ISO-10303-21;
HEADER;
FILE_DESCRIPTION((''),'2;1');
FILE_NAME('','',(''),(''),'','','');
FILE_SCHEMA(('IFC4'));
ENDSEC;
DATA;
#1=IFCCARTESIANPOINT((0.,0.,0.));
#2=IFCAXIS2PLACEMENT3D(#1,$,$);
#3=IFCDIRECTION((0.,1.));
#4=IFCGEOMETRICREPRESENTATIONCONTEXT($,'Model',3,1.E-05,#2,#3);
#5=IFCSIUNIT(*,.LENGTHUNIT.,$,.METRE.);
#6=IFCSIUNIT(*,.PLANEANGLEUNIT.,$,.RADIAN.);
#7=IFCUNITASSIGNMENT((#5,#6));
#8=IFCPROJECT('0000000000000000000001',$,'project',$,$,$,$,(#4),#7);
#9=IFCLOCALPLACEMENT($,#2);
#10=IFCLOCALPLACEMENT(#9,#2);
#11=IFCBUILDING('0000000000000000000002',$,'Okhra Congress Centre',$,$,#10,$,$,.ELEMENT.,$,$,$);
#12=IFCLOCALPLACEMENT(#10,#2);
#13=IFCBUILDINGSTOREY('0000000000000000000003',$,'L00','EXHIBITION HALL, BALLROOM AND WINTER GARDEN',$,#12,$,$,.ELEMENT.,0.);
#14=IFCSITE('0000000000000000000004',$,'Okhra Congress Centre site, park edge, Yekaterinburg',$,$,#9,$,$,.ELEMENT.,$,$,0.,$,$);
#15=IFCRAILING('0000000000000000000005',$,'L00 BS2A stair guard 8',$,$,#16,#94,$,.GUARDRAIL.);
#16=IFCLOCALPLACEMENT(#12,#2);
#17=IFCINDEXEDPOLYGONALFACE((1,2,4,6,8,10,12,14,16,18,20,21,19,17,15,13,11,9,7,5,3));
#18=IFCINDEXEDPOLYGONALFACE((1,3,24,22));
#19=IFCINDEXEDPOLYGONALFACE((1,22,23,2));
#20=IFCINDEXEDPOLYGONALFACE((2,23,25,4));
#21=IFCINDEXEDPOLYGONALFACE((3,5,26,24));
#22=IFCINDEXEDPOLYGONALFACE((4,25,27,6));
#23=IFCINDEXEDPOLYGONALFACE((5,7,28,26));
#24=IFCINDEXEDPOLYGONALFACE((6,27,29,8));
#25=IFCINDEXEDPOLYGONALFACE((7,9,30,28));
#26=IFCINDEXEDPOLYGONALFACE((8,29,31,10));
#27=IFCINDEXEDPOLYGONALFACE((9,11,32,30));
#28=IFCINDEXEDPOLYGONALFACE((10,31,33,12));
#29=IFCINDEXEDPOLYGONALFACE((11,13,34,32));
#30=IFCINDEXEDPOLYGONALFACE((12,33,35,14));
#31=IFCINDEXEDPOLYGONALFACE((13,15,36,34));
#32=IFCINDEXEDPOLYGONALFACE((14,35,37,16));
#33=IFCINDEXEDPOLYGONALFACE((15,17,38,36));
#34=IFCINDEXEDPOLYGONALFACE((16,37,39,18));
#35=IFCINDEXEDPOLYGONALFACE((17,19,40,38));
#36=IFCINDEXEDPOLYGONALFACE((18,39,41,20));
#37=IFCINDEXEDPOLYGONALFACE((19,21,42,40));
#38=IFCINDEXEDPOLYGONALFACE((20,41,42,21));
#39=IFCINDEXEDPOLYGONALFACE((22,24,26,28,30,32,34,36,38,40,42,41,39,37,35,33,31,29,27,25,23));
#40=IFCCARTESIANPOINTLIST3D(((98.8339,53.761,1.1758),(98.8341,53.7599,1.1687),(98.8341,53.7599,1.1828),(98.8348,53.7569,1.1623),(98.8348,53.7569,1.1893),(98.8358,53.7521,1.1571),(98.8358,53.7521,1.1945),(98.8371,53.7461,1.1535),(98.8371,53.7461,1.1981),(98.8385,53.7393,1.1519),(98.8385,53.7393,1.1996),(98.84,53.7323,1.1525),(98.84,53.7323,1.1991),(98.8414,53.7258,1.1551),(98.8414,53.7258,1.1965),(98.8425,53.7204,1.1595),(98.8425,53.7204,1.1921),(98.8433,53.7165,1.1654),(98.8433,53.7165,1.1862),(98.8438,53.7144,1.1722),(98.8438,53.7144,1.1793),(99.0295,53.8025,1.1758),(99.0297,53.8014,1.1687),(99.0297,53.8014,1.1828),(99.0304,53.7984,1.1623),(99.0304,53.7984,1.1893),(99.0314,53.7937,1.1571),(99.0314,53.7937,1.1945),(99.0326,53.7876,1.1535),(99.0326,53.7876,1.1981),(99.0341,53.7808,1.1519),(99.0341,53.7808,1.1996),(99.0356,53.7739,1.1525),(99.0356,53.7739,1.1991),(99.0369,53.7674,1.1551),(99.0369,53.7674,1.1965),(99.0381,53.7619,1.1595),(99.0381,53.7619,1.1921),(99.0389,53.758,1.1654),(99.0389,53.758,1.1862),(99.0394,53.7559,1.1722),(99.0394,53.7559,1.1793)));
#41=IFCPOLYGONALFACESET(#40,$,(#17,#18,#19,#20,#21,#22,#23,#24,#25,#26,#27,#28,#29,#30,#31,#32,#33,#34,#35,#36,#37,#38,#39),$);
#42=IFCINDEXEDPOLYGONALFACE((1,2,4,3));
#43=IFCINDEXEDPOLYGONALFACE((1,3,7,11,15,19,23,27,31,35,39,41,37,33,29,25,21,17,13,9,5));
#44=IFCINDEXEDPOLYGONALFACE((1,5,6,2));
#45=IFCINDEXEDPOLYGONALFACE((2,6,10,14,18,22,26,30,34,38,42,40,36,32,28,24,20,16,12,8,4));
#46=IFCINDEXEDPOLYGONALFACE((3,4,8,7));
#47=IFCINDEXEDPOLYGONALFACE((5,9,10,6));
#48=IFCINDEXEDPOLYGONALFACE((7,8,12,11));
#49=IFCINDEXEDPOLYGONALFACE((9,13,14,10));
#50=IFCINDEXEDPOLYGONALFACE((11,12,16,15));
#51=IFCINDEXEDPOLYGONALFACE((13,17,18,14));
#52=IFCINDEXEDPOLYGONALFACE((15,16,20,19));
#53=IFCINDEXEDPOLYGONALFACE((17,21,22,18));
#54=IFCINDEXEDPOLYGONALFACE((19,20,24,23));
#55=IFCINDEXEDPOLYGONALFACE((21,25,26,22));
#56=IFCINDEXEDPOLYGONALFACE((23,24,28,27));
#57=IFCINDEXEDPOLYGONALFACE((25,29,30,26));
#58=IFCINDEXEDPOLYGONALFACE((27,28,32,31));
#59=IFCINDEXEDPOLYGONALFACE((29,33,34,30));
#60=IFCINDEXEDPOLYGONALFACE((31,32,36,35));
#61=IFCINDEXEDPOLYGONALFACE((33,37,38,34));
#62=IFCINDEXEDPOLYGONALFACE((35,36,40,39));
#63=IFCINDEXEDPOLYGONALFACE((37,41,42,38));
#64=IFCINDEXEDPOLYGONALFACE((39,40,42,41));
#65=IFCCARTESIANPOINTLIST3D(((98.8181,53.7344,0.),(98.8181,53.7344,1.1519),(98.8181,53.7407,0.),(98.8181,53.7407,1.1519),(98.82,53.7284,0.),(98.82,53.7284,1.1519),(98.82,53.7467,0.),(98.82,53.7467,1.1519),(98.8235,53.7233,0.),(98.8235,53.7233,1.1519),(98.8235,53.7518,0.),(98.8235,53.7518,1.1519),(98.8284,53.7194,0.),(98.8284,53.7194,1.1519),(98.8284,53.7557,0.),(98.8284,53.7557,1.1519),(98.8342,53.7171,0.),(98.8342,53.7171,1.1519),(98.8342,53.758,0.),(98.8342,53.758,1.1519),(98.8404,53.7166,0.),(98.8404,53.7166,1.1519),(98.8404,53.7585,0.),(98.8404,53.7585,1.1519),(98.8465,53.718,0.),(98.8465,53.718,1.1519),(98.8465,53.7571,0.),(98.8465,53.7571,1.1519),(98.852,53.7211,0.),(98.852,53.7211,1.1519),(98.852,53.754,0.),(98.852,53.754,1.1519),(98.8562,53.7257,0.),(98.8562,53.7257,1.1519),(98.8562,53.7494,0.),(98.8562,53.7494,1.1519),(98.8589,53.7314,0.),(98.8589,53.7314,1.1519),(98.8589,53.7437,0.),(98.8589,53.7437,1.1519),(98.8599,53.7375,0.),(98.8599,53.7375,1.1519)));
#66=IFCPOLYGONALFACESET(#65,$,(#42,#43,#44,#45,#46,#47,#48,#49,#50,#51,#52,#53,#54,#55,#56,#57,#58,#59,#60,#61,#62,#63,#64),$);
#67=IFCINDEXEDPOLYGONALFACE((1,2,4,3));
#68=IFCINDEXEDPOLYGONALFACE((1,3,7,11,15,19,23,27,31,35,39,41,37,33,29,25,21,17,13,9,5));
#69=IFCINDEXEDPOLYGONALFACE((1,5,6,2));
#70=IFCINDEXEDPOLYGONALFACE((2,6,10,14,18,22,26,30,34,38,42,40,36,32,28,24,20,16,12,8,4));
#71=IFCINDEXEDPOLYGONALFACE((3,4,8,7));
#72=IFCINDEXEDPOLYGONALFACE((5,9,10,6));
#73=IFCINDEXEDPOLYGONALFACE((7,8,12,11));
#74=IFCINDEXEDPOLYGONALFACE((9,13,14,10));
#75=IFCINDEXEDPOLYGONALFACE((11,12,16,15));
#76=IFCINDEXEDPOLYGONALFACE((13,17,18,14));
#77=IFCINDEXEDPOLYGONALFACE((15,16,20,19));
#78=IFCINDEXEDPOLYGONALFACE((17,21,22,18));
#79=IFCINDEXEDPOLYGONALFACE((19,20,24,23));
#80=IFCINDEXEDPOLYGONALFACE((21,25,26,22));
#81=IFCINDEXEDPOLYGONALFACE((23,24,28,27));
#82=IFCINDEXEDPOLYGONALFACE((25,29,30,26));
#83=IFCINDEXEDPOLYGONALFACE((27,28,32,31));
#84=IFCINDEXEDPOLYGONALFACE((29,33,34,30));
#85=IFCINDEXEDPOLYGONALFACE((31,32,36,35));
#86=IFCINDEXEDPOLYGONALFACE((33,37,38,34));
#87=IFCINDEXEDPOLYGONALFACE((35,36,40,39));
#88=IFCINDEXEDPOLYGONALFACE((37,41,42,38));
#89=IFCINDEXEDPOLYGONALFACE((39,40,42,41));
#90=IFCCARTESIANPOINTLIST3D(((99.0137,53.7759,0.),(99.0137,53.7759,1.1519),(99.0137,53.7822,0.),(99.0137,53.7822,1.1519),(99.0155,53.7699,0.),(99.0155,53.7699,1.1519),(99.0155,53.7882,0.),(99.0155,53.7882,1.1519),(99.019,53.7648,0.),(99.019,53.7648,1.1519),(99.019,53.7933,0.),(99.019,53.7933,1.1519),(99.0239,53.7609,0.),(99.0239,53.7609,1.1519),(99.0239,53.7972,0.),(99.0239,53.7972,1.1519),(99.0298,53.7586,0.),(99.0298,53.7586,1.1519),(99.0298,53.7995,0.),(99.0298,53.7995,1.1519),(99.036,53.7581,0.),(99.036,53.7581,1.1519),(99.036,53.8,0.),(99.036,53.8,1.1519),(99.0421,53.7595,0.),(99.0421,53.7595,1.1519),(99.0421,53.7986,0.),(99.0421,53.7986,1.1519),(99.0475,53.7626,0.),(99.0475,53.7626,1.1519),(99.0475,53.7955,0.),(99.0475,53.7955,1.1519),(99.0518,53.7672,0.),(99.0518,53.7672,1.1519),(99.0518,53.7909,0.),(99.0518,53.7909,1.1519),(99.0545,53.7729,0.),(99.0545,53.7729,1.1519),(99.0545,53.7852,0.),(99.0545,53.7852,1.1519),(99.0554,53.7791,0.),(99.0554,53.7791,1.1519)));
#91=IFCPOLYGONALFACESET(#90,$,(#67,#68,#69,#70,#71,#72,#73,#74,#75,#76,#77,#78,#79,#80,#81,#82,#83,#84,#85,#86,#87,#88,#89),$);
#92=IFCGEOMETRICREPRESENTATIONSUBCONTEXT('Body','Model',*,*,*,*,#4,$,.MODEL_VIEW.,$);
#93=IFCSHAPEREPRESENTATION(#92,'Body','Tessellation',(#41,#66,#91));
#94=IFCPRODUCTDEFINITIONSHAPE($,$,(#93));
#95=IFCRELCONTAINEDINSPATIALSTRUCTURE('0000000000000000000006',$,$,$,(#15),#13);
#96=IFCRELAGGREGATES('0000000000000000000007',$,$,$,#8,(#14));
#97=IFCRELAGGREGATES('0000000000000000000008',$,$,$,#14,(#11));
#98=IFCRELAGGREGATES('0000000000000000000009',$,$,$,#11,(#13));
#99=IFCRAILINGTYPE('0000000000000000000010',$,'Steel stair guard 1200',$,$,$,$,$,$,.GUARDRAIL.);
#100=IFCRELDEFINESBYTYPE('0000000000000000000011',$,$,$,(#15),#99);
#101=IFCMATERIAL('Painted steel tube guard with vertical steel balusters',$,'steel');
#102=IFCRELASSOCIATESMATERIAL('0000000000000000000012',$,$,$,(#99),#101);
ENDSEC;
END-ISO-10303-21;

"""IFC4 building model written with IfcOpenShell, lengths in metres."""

from ifc_helpers import new_model, si_unit, direction, frame, origin, origin_2d, place, context, subcontext, project, spatial, circle, extrude, material, type_object, element, save


model = new_model("IFC4")

# Units and contexts
model_context = context("Model", 3, precision=1e-05, world=origin(), true_north=direction((0.0, 1.0)))
body_context = subcontext(model_context, "Body", "Model", "MODEL_VIEW")
ifc_project = project(units=[si_unit("LENGTHUNIT", "METRE"), si_unit("PLANEANGLEUNIT", "RADIAN")], contexts=[model_context])

# Site, building, storey
site_placement = place(None, origin())
site = spatial("IfcSite", under=ifc_project, at=site_placement, Name="Okhra Congress Centre site, park edge, Yekaterinburg", CompositionType="ELEMENT", RefElevation=0.0)
building_placement = place(site_placement, origin())
building = spatial("IfcBuilding", under=site, at=building_placement, Name="Okhra Congress Centre", CompositionType="ELEMENT")
storey_placement = place(building_placement, origin())
storey = spatial("IfcBuildingStorey", under=building, at=storey_placement, Name="L00", Description="EXHIBITION HALL, BALLROOM AND WINTER GARDEN", CompositionType="ELEMENT", Elevation=0.0)

# Railing
ifc_material_1 = material(Name="Painted steel tube guard with vertical steel balusters", Category="steel")
railing_type_1 = type_object("IfcRailingType", Name="Steel stair guard 1200", PredefinedType="GUARDRAIL", material=ifc_material_1)
railing_1_placement = place(storey_placement, frame((98.8389, 53.7375, 0.0)))
element("IfcRailing", 1, at=railing_1_placement, inside=storey, type_object=railing_type_1, Name="L00 BS2A stair guard 8", PredefinedType="GUARDRAIL", context=body_context, shape_type="SweptSolid", body=[
    extrude(circle(Radius=0.0239, at=origin_2d()), frame((0.0, 0.0, 1.1758), z_axis=(0.978212, 0.20761, 0.0), x_axis=(-0.20761, 0.978212, 0.0)), (0.0, 0.0, 1.0), 0.2),
    extrude(circle(Radius=0.021, at=origin_2d()), origin(), (0.0, 0.0, 1.0), 1.1519),
    extrude(circle(Radius=0.021, at=origin_2d()), frame((0.1956, 0.0415, 0.0)), (0.0, 0.0, 1.0), 1.1519),
])

save(model, "model.ifc")
